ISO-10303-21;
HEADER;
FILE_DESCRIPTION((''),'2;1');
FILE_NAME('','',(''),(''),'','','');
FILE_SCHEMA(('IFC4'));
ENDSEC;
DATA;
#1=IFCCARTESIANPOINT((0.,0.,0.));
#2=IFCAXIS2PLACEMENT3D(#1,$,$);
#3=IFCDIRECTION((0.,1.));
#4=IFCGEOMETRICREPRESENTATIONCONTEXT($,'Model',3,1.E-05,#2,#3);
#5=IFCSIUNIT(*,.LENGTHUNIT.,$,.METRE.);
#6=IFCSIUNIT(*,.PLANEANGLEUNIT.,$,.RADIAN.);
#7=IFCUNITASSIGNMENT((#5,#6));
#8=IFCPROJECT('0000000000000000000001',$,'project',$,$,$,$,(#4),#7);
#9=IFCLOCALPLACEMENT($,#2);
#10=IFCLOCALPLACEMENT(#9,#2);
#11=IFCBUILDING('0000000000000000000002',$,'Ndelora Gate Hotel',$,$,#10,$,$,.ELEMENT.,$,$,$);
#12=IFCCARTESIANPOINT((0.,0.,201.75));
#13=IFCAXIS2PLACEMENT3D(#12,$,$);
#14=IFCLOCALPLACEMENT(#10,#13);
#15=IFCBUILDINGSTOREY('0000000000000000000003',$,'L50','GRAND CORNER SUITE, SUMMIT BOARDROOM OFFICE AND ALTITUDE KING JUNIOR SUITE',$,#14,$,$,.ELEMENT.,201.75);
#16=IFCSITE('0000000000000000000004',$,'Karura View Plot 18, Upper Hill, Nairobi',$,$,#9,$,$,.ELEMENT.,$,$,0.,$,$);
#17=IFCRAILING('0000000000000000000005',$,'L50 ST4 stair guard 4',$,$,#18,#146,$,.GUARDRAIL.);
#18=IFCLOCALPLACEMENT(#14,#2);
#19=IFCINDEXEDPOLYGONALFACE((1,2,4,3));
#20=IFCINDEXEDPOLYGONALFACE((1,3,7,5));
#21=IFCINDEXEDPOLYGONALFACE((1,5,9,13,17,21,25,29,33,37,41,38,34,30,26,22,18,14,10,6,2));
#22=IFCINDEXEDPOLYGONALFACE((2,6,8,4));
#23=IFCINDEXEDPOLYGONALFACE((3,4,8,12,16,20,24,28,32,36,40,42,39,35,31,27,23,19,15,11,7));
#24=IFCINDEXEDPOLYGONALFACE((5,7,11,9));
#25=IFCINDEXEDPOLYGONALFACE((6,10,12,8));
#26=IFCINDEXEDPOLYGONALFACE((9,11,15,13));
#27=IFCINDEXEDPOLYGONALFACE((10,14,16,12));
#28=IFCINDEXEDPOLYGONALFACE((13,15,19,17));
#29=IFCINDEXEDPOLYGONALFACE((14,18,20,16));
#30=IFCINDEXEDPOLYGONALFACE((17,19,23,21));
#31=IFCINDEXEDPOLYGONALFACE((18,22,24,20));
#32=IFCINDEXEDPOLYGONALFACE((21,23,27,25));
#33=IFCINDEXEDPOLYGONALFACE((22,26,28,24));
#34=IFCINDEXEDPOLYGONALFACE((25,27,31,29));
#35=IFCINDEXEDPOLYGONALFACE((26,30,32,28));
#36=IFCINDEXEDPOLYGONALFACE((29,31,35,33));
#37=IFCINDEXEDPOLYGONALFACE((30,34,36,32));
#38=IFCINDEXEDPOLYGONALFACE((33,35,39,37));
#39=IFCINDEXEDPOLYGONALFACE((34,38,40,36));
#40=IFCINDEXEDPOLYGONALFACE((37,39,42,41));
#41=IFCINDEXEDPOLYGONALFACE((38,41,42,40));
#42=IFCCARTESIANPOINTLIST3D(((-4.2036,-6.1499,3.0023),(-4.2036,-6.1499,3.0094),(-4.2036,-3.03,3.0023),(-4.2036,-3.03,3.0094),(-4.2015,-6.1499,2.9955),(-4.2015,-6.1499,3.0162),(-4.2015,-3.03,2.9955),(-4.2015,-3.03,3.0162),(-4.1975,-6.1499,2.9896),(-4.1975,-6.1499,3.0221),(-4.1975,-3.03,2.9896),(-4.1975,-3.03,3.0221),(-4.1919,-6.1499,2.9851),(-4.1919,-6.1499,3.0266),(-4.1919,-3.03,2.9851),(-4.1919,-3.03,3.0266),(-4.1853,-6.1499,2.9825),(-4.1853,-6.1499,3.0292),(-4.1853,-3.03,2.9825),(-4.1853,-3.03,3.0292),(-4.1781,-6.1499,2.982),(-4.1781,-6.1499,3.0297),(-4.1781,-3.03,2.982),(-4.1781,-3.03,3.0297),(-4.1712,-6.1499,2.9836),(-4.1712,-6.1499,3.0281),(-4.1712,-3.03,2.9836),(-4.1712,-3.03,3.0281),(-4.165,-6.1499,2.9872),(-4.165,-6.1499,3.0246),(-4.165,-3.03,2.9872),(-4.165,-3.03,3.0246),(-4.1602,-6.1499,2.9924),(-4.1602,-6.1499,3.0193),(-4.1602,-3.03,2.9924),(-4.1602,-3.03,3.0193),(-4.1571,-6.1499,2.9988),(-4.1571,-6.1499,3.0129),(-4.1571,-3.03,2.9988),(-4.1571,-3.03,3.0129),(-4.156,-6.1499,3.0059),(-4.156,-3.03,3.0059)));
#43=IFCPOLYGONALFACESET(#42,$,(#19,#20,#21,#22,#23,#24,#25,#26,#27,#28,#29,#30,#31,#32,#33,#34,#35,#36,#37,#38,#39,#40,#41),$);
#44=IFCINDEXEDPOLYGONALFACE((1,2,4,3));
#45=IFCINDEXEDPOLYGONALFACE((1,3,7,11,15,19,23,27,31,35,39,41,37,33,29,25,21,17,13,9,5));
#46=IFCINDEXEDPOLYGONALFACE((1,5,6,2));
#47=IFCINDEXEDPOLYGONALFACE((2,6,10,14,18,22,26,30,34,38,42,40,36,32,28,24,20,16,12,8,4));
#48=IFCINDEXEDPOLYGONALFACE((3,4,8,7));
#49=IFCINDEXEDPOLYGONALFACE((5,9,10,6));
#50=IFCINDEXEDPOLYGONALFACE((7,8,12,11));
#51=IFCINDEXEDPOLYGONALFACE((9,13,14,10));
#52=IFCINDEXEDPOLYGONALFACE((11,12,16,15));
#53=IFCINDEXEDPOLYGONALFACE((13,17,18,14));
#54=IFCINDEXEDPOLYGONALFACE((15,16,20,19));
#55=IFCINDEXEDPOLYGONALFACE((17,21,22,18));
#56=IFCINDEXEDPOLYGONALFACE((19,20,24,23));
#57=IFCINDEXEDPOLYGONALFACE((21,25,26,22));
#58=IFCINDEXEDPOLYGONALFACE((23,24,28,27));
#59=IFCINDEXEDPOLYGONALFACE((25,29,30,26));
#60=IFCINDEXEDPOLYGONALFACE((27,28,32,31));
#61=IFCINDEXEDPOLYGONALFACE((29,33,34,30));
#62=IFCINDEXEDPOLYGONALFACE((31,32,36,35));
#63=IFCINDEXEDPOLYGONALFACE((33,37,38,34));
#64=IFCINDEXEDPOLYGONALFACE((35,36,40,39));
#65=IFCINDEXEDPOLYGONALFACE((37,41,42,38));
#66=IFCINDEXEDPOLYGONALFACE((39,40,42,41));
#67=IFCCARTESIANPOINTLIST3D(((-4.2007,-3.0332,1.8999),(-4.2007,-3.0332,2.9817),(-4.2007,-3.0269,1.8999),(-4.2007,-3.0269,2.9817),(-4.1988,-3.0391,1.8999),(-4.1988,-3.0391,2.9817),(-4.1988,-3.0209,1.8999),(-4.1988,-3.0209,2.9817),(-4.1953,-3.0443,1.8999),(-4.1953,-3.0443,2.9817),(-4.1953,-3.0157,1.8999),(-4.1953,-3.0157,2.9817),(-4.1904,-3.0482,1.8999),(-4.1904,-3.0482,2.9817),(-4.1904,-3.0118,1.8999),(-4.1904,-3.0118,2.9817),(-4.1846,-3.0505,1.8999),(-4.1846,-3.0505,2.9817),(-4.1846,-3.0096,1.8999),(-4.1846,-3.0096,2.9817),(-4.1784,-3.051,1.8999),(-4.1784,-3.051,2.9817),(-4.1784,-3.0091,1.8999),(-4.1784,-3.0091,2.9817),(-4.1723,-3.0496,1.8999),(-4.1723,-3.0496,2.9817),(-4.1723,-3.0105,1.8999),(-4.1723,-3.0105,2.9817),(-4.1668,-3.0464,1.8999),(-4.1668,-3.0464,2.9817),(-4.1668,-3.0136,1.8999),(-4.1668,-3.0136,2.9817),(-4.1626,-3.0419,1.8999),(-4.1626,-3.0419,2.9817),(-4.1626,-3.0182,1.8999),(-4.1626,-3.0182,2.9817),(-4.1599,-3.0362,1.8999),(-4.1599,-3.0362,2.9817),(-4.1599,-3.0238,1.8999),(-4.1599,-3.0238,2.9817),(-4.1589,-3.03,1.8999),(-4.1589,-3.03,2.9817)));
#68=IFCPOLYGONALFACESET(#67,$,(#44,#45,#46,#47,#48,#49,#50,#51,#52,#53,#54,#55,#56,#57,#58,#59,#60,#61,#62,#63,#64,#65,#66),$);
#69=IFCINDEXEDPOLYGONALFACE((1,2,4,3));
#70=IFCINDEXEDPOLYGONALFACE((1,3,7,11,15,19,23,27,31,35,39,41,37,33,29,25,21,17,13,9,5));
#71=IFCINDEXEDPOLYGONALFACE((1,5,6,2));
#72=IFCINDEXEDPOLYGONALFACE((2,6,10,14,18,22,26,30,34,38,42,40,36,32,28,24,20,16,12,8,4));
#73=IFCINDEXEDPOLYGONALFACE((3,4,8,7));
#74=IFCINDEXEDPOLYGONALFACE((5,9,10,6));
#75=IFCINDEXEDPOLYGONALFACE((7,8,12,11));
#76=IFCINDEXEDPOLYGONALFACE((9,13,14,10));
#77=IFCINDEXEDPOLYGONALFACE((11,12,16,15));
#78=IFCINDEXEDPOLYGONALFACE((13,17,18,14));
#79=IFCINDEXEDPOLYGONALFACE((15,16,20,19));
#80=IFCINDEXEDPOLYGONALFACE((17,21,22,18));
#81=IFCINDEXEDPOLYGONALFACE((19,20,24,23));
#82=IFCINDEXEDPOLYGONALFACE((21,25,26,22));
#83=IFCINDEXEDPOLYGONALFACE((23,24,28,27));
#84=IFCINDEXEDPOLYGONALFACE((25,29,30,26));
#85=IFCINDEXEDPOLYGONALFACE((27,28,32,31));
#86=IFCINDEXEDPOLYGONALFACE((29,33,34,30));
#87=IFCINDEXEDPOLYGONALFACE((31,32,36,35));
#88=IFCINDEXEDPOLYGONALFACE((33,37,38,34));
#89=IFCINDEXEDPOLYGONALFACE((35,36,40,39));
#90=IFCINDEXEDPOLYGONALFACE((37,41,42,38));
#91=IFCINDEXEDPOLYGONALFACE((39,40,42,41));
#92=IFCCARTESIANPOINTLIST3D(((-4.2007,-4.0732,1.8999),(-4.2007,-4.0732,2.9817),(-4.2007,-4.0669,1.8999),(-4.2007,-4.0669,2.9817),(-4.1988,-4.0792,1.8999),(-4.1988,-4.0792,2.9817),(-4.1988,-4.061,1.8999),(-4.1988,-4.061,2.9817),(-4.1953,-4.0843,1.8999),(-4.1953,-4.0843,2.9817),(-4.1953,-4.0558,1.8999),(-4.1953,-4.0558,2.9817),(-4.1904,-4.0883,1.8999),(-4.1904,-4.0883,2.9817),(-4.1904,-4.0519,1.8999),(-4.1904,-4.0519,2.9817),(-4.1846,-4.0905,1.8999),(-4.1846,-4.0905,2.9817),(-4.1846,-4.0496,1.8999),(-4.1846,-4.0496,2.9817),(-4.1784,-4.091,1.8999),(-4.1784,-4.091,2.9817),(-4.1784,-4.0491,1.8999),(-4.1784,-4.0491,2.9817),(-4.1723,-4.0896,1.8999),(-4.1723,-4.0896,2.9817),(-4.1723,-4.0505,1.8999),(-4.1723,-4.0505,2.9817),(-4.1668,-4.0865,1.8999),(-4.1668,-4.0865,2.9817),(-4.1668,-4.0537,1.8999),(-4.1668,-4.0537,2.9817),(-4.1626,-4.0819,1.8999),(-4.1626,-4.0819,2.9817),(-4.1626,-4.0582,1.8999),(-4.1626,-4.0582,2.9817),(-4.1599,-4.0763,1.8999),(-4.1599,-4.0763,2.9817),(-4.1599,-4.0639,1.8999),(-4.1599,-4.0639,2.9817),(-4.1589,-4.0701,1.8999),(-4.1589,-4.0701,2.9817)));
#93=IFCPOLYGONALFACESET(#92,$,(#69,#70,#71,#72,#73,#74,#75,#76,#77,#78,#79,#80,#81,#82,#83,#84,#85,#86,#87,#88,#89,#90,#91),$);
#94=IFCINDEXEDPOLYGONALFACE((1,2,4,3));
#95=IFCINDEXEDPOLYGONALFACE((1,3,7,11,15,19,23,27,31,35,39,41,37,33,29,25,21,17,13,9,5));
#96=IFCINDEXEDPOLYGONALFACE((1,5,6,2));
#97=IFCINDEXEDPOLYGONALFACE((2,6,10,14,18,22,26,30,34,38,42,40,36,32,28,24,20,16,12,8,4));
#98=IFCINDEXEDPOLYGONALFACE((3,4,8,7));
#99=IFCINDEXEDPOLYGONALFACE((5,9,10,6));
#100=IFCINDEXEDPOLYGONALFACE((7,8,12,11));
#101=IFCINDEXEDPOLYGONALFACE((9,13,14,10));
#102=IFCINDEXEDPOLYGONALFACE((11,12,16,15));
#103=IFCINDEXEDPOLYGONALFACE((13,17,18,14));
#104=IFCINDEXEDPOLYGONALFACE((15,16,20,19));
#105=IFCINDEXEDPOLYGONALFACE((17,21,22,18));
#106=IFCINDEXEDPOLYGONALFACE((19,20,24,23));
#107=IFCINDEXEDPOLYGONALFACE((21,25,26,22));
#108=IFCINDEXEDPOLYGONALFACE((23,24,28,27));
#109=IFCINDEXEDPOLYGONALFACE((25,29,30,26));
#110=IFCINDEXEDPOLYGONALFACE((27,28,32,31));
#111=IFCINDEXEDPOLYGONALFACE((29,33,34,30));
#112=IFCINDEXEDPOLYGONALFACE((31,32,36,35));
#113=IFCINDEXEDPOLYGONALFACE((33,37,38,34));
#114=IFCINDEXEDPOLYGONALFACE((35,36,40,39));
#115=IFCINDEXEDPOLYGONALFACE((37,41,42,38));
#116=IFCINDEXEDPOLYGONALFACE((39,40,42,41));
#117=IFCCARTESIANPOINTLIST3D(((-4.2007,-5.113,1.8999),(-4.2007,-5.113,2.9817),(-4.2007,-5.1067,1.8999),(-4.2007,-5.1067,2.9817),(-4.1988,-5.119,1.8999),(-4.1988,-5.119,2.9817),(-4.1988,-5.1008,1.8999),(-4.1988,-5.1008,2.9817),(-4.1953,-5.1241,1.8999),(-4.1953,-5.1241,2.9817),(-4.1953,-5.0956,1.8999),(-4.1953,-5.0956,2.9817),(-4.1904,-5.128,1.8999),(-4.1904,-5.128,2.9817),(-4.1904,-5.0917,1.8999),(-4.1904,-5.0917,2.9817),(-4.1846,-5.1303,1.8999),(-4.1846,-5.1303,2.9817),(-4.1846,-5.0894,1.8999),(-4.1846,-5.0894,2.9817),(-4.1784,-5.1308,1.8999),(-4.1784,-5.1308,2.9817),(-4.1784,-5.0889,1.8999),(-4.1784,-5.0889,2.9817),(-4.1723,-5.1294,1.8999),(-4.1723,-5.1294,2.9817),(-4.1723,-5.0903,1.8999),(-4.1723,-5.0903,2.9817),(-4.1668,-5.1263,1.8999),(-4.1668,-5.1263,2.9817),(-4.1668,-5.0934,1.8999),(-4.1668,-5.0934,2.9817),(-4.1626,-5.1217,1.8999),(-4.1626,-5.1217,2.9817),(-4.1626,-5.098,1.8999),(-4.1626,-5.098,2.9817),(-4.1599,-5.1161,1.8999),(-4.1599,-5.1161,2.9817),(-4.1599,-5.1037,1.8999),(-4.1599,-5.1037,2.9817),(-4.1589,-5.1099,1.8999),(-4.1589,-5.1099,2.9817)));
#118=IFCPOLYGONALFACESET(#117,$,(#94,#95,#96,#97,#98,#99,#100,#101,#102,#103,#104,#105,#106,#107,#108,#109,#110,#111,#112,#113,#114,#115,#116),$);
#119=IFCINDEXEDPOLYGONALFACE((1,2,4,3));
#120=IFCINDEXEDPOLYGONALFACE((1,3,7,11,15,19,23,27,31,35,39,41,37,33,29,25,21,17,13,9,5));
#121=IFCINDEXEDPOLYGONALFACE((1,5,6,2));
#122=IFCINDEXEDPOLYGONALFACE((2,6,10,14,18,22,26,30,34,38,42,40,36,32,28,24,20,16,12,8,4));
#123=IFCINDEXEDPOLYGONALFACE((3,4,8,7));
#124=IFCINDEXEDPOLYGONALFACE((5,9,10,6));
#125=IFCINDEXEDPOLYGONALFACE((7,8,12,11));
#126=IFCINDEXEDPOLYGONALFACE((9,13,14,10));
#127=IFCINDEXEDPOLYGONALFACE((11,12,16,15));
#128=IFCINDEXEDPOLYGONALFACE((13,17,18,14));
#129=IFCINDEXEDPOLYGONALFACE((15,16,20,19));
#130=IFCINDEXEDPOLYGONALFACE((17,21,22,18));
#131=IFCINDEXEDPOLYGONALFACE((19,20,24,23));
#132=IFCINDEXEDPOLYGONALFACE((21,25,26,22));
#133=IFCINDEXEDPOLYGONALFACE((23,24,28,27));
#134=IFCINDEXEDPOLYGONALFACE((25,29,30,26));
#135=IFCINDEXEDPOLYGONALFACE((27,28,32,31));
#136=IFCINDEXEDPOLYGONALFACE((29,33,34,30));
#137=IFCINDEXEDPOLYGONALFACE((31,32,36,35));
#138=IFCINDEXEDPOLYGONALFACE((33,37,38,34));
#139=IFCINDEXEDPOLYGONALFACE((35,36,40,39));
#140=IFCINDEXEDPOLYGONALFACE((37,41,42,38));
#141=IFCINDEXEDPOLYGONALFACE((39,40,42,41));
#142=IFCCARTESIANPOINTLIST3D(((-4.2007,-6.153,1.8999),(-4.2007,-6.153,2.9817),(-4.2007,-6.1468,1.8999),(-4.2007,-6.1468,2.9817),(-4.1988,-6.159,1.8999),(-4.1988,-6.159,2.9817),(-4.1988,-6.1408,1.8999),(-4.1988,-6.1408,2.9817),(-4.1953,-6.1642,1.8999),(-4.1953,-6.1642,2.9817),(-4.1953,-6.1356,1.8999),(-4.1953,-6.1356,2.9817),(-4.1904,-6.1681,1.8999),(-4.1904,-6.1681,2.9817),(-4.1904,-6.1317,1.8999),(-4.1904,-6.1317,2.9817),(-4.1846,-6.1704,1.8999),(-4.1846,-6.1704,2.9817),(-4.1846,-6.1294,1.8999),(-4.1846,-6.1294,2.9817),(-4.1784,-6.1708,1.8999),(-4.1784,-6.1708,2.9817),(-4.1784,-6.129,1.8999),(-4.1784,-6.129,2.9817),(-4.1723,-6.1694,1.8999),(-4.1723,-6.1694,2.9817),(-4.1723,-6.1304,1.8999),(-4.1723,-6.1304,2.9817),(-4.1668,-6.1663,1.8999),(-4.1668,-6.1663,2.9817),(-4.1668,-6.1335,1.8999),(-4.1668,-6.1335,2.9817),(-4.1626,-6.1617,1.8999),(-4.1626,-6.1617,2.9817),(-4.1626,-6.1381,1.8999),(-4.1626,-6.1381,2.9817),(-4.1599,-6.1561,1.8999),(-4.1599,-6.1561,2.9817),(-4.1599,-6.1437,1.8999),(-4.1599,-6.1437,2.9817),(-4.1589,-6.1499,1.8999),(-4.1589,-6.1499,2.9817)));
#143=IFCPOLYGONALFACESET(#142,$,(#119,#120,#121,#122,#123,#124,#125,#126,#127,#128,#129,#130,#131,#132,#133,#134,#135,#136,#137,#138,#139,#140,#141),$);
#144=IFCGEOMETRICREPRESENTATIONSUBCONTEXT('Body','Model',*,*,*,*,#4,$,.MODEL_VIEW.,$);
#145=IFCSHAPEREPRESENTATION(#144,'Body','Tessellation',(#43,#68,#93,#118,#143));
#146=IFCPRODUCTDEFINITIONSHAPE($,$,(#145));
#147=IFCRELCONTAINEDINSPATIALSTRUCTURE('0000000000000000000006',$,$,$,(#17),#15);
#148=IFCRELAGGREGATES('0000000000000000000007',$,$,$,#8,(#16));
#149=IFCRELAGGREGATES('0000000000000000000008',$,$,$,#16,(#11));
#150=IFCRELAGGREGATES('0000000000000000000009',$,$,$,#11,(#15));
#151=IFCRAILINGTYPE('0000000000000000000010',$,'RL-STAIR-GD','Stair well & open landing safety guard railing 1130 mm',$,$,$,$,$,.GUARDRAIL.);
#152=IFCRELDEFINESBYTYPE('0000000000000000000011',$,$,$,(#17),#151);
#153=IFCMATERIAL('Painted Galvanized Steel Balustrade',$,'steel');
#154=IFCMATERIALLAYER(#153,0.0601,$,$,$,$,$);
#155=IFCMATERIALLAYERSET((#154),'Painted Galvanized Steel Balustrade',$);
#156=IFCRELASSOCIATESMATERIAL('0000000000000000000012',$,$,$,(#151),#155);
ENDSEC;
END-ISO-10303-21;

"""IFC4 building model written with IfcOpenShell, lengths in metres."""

from ifc_helpers import new_model, si_unit, direction, frame, origin, origin_2d, place, context, subcontext, project, spatial, circle, extrude, material, layer, layer_set, type_object, element, save


model = new_model("IFC4")

# Units and contexts
model_context = context("Model", 3, precision=1e-05, world=origin(), true_north=direction((0.0, 1.0)))
body_context = subcontext(model_context, "Body", "Model", "MODEL_VIEW")
ifc_project = project(units=[si_unit("LENGTHUNIT", "METRE"), si_unit("PLANEANGLEUNIT", "RADIAN")], contexts=[model_context])

# Site, building, storey
site_placement = place(None, origin())
site = spatial("IfcSite", under=ifc_project, at=site_placement, Name="Karura View Plot 18, Upper Hill, Nairobi", CompositionType="ELEMENT", RefElevation=0.0)
building_placement = place(site_placement, origin())
building = spatial("IfcBuilding", under=site, at=building_placement, Name="Ndelora Gate Hotel", CompositionType="ELEMENT")
storey_placement = place(building_placement, frame((0.0, 0.0, 201.75)))
storey = spatial("IfcBuildingStorey", under=building, at=storey_placement, Name="L50", Description="GRAND CORNER SUITE, SUMMIT BOARDROOM OFFICE AND ALTITUDE KING JUNIOR SUITE", CompositionType="ELEMENT", Elevation=201.75)

# Railing
ifc_material_1 = material(Name="Painted Galvanized Steel Balustrade", Category="steel")
ifc_layer_1 = layer(ifc_material_1, 0.0601)
ifc_layer_set_1 = layer_set([ifc_layer_1], Name="Painted Galvanized Steel Balustrade")
railing_type_1 = type_object("IfcRailingType", Name="RL-STAIR-GD", Description="Stair well & open landing safety guard railing 1130 mm", PredefinedType="GUARDRAIL", material=ifc_layer_set_1)
for number, where, name in (
    (1, (-4.1799, -3.03, 1.8999), "L50 ST4 stair guard 4"),
):
    element("IfcRailing", number, at=place(storey_placement, frame(where)), inside=storey, type_object=railing_type_1, Name=name, PredefinedType="GUARDRAIL", context=body_context, shape_type="SweptSolid", body=[
        extrude(circle(Radius=0.0239, at=origin_2d()), frame((0.0, 0.0, 1.106), z_axis=(0.0, -1.0, 0.0), x_axis=(1.0, 0.0, 0.0)), (0.0, 0.0, 1.0), 3.1199),
        extrude(circle(Radius=0.021, at=origin_2d()), origin(), (0.0, 0.0, 1.0), 1.0818),
        extrude(circle(Radius=0.021, at=origin_2d()), frame((0.0, -1.04, 0.0)), (0.0, 0.0, 1.0), 1.0818),
        extrude(circle(Radius=0.021, at=origin_2d()), frame((0.0, -2.0798, 0.0)), (0.0, 0.0, 1.0), 1.0818),
        extrude(circle(Radius=0.021, at=origin_2d()), frame((0.0, -3.1199, 0.0)), (0.0, 0.0, 1.0), 1.0818),
    ])

save(model, "model.ifc")
